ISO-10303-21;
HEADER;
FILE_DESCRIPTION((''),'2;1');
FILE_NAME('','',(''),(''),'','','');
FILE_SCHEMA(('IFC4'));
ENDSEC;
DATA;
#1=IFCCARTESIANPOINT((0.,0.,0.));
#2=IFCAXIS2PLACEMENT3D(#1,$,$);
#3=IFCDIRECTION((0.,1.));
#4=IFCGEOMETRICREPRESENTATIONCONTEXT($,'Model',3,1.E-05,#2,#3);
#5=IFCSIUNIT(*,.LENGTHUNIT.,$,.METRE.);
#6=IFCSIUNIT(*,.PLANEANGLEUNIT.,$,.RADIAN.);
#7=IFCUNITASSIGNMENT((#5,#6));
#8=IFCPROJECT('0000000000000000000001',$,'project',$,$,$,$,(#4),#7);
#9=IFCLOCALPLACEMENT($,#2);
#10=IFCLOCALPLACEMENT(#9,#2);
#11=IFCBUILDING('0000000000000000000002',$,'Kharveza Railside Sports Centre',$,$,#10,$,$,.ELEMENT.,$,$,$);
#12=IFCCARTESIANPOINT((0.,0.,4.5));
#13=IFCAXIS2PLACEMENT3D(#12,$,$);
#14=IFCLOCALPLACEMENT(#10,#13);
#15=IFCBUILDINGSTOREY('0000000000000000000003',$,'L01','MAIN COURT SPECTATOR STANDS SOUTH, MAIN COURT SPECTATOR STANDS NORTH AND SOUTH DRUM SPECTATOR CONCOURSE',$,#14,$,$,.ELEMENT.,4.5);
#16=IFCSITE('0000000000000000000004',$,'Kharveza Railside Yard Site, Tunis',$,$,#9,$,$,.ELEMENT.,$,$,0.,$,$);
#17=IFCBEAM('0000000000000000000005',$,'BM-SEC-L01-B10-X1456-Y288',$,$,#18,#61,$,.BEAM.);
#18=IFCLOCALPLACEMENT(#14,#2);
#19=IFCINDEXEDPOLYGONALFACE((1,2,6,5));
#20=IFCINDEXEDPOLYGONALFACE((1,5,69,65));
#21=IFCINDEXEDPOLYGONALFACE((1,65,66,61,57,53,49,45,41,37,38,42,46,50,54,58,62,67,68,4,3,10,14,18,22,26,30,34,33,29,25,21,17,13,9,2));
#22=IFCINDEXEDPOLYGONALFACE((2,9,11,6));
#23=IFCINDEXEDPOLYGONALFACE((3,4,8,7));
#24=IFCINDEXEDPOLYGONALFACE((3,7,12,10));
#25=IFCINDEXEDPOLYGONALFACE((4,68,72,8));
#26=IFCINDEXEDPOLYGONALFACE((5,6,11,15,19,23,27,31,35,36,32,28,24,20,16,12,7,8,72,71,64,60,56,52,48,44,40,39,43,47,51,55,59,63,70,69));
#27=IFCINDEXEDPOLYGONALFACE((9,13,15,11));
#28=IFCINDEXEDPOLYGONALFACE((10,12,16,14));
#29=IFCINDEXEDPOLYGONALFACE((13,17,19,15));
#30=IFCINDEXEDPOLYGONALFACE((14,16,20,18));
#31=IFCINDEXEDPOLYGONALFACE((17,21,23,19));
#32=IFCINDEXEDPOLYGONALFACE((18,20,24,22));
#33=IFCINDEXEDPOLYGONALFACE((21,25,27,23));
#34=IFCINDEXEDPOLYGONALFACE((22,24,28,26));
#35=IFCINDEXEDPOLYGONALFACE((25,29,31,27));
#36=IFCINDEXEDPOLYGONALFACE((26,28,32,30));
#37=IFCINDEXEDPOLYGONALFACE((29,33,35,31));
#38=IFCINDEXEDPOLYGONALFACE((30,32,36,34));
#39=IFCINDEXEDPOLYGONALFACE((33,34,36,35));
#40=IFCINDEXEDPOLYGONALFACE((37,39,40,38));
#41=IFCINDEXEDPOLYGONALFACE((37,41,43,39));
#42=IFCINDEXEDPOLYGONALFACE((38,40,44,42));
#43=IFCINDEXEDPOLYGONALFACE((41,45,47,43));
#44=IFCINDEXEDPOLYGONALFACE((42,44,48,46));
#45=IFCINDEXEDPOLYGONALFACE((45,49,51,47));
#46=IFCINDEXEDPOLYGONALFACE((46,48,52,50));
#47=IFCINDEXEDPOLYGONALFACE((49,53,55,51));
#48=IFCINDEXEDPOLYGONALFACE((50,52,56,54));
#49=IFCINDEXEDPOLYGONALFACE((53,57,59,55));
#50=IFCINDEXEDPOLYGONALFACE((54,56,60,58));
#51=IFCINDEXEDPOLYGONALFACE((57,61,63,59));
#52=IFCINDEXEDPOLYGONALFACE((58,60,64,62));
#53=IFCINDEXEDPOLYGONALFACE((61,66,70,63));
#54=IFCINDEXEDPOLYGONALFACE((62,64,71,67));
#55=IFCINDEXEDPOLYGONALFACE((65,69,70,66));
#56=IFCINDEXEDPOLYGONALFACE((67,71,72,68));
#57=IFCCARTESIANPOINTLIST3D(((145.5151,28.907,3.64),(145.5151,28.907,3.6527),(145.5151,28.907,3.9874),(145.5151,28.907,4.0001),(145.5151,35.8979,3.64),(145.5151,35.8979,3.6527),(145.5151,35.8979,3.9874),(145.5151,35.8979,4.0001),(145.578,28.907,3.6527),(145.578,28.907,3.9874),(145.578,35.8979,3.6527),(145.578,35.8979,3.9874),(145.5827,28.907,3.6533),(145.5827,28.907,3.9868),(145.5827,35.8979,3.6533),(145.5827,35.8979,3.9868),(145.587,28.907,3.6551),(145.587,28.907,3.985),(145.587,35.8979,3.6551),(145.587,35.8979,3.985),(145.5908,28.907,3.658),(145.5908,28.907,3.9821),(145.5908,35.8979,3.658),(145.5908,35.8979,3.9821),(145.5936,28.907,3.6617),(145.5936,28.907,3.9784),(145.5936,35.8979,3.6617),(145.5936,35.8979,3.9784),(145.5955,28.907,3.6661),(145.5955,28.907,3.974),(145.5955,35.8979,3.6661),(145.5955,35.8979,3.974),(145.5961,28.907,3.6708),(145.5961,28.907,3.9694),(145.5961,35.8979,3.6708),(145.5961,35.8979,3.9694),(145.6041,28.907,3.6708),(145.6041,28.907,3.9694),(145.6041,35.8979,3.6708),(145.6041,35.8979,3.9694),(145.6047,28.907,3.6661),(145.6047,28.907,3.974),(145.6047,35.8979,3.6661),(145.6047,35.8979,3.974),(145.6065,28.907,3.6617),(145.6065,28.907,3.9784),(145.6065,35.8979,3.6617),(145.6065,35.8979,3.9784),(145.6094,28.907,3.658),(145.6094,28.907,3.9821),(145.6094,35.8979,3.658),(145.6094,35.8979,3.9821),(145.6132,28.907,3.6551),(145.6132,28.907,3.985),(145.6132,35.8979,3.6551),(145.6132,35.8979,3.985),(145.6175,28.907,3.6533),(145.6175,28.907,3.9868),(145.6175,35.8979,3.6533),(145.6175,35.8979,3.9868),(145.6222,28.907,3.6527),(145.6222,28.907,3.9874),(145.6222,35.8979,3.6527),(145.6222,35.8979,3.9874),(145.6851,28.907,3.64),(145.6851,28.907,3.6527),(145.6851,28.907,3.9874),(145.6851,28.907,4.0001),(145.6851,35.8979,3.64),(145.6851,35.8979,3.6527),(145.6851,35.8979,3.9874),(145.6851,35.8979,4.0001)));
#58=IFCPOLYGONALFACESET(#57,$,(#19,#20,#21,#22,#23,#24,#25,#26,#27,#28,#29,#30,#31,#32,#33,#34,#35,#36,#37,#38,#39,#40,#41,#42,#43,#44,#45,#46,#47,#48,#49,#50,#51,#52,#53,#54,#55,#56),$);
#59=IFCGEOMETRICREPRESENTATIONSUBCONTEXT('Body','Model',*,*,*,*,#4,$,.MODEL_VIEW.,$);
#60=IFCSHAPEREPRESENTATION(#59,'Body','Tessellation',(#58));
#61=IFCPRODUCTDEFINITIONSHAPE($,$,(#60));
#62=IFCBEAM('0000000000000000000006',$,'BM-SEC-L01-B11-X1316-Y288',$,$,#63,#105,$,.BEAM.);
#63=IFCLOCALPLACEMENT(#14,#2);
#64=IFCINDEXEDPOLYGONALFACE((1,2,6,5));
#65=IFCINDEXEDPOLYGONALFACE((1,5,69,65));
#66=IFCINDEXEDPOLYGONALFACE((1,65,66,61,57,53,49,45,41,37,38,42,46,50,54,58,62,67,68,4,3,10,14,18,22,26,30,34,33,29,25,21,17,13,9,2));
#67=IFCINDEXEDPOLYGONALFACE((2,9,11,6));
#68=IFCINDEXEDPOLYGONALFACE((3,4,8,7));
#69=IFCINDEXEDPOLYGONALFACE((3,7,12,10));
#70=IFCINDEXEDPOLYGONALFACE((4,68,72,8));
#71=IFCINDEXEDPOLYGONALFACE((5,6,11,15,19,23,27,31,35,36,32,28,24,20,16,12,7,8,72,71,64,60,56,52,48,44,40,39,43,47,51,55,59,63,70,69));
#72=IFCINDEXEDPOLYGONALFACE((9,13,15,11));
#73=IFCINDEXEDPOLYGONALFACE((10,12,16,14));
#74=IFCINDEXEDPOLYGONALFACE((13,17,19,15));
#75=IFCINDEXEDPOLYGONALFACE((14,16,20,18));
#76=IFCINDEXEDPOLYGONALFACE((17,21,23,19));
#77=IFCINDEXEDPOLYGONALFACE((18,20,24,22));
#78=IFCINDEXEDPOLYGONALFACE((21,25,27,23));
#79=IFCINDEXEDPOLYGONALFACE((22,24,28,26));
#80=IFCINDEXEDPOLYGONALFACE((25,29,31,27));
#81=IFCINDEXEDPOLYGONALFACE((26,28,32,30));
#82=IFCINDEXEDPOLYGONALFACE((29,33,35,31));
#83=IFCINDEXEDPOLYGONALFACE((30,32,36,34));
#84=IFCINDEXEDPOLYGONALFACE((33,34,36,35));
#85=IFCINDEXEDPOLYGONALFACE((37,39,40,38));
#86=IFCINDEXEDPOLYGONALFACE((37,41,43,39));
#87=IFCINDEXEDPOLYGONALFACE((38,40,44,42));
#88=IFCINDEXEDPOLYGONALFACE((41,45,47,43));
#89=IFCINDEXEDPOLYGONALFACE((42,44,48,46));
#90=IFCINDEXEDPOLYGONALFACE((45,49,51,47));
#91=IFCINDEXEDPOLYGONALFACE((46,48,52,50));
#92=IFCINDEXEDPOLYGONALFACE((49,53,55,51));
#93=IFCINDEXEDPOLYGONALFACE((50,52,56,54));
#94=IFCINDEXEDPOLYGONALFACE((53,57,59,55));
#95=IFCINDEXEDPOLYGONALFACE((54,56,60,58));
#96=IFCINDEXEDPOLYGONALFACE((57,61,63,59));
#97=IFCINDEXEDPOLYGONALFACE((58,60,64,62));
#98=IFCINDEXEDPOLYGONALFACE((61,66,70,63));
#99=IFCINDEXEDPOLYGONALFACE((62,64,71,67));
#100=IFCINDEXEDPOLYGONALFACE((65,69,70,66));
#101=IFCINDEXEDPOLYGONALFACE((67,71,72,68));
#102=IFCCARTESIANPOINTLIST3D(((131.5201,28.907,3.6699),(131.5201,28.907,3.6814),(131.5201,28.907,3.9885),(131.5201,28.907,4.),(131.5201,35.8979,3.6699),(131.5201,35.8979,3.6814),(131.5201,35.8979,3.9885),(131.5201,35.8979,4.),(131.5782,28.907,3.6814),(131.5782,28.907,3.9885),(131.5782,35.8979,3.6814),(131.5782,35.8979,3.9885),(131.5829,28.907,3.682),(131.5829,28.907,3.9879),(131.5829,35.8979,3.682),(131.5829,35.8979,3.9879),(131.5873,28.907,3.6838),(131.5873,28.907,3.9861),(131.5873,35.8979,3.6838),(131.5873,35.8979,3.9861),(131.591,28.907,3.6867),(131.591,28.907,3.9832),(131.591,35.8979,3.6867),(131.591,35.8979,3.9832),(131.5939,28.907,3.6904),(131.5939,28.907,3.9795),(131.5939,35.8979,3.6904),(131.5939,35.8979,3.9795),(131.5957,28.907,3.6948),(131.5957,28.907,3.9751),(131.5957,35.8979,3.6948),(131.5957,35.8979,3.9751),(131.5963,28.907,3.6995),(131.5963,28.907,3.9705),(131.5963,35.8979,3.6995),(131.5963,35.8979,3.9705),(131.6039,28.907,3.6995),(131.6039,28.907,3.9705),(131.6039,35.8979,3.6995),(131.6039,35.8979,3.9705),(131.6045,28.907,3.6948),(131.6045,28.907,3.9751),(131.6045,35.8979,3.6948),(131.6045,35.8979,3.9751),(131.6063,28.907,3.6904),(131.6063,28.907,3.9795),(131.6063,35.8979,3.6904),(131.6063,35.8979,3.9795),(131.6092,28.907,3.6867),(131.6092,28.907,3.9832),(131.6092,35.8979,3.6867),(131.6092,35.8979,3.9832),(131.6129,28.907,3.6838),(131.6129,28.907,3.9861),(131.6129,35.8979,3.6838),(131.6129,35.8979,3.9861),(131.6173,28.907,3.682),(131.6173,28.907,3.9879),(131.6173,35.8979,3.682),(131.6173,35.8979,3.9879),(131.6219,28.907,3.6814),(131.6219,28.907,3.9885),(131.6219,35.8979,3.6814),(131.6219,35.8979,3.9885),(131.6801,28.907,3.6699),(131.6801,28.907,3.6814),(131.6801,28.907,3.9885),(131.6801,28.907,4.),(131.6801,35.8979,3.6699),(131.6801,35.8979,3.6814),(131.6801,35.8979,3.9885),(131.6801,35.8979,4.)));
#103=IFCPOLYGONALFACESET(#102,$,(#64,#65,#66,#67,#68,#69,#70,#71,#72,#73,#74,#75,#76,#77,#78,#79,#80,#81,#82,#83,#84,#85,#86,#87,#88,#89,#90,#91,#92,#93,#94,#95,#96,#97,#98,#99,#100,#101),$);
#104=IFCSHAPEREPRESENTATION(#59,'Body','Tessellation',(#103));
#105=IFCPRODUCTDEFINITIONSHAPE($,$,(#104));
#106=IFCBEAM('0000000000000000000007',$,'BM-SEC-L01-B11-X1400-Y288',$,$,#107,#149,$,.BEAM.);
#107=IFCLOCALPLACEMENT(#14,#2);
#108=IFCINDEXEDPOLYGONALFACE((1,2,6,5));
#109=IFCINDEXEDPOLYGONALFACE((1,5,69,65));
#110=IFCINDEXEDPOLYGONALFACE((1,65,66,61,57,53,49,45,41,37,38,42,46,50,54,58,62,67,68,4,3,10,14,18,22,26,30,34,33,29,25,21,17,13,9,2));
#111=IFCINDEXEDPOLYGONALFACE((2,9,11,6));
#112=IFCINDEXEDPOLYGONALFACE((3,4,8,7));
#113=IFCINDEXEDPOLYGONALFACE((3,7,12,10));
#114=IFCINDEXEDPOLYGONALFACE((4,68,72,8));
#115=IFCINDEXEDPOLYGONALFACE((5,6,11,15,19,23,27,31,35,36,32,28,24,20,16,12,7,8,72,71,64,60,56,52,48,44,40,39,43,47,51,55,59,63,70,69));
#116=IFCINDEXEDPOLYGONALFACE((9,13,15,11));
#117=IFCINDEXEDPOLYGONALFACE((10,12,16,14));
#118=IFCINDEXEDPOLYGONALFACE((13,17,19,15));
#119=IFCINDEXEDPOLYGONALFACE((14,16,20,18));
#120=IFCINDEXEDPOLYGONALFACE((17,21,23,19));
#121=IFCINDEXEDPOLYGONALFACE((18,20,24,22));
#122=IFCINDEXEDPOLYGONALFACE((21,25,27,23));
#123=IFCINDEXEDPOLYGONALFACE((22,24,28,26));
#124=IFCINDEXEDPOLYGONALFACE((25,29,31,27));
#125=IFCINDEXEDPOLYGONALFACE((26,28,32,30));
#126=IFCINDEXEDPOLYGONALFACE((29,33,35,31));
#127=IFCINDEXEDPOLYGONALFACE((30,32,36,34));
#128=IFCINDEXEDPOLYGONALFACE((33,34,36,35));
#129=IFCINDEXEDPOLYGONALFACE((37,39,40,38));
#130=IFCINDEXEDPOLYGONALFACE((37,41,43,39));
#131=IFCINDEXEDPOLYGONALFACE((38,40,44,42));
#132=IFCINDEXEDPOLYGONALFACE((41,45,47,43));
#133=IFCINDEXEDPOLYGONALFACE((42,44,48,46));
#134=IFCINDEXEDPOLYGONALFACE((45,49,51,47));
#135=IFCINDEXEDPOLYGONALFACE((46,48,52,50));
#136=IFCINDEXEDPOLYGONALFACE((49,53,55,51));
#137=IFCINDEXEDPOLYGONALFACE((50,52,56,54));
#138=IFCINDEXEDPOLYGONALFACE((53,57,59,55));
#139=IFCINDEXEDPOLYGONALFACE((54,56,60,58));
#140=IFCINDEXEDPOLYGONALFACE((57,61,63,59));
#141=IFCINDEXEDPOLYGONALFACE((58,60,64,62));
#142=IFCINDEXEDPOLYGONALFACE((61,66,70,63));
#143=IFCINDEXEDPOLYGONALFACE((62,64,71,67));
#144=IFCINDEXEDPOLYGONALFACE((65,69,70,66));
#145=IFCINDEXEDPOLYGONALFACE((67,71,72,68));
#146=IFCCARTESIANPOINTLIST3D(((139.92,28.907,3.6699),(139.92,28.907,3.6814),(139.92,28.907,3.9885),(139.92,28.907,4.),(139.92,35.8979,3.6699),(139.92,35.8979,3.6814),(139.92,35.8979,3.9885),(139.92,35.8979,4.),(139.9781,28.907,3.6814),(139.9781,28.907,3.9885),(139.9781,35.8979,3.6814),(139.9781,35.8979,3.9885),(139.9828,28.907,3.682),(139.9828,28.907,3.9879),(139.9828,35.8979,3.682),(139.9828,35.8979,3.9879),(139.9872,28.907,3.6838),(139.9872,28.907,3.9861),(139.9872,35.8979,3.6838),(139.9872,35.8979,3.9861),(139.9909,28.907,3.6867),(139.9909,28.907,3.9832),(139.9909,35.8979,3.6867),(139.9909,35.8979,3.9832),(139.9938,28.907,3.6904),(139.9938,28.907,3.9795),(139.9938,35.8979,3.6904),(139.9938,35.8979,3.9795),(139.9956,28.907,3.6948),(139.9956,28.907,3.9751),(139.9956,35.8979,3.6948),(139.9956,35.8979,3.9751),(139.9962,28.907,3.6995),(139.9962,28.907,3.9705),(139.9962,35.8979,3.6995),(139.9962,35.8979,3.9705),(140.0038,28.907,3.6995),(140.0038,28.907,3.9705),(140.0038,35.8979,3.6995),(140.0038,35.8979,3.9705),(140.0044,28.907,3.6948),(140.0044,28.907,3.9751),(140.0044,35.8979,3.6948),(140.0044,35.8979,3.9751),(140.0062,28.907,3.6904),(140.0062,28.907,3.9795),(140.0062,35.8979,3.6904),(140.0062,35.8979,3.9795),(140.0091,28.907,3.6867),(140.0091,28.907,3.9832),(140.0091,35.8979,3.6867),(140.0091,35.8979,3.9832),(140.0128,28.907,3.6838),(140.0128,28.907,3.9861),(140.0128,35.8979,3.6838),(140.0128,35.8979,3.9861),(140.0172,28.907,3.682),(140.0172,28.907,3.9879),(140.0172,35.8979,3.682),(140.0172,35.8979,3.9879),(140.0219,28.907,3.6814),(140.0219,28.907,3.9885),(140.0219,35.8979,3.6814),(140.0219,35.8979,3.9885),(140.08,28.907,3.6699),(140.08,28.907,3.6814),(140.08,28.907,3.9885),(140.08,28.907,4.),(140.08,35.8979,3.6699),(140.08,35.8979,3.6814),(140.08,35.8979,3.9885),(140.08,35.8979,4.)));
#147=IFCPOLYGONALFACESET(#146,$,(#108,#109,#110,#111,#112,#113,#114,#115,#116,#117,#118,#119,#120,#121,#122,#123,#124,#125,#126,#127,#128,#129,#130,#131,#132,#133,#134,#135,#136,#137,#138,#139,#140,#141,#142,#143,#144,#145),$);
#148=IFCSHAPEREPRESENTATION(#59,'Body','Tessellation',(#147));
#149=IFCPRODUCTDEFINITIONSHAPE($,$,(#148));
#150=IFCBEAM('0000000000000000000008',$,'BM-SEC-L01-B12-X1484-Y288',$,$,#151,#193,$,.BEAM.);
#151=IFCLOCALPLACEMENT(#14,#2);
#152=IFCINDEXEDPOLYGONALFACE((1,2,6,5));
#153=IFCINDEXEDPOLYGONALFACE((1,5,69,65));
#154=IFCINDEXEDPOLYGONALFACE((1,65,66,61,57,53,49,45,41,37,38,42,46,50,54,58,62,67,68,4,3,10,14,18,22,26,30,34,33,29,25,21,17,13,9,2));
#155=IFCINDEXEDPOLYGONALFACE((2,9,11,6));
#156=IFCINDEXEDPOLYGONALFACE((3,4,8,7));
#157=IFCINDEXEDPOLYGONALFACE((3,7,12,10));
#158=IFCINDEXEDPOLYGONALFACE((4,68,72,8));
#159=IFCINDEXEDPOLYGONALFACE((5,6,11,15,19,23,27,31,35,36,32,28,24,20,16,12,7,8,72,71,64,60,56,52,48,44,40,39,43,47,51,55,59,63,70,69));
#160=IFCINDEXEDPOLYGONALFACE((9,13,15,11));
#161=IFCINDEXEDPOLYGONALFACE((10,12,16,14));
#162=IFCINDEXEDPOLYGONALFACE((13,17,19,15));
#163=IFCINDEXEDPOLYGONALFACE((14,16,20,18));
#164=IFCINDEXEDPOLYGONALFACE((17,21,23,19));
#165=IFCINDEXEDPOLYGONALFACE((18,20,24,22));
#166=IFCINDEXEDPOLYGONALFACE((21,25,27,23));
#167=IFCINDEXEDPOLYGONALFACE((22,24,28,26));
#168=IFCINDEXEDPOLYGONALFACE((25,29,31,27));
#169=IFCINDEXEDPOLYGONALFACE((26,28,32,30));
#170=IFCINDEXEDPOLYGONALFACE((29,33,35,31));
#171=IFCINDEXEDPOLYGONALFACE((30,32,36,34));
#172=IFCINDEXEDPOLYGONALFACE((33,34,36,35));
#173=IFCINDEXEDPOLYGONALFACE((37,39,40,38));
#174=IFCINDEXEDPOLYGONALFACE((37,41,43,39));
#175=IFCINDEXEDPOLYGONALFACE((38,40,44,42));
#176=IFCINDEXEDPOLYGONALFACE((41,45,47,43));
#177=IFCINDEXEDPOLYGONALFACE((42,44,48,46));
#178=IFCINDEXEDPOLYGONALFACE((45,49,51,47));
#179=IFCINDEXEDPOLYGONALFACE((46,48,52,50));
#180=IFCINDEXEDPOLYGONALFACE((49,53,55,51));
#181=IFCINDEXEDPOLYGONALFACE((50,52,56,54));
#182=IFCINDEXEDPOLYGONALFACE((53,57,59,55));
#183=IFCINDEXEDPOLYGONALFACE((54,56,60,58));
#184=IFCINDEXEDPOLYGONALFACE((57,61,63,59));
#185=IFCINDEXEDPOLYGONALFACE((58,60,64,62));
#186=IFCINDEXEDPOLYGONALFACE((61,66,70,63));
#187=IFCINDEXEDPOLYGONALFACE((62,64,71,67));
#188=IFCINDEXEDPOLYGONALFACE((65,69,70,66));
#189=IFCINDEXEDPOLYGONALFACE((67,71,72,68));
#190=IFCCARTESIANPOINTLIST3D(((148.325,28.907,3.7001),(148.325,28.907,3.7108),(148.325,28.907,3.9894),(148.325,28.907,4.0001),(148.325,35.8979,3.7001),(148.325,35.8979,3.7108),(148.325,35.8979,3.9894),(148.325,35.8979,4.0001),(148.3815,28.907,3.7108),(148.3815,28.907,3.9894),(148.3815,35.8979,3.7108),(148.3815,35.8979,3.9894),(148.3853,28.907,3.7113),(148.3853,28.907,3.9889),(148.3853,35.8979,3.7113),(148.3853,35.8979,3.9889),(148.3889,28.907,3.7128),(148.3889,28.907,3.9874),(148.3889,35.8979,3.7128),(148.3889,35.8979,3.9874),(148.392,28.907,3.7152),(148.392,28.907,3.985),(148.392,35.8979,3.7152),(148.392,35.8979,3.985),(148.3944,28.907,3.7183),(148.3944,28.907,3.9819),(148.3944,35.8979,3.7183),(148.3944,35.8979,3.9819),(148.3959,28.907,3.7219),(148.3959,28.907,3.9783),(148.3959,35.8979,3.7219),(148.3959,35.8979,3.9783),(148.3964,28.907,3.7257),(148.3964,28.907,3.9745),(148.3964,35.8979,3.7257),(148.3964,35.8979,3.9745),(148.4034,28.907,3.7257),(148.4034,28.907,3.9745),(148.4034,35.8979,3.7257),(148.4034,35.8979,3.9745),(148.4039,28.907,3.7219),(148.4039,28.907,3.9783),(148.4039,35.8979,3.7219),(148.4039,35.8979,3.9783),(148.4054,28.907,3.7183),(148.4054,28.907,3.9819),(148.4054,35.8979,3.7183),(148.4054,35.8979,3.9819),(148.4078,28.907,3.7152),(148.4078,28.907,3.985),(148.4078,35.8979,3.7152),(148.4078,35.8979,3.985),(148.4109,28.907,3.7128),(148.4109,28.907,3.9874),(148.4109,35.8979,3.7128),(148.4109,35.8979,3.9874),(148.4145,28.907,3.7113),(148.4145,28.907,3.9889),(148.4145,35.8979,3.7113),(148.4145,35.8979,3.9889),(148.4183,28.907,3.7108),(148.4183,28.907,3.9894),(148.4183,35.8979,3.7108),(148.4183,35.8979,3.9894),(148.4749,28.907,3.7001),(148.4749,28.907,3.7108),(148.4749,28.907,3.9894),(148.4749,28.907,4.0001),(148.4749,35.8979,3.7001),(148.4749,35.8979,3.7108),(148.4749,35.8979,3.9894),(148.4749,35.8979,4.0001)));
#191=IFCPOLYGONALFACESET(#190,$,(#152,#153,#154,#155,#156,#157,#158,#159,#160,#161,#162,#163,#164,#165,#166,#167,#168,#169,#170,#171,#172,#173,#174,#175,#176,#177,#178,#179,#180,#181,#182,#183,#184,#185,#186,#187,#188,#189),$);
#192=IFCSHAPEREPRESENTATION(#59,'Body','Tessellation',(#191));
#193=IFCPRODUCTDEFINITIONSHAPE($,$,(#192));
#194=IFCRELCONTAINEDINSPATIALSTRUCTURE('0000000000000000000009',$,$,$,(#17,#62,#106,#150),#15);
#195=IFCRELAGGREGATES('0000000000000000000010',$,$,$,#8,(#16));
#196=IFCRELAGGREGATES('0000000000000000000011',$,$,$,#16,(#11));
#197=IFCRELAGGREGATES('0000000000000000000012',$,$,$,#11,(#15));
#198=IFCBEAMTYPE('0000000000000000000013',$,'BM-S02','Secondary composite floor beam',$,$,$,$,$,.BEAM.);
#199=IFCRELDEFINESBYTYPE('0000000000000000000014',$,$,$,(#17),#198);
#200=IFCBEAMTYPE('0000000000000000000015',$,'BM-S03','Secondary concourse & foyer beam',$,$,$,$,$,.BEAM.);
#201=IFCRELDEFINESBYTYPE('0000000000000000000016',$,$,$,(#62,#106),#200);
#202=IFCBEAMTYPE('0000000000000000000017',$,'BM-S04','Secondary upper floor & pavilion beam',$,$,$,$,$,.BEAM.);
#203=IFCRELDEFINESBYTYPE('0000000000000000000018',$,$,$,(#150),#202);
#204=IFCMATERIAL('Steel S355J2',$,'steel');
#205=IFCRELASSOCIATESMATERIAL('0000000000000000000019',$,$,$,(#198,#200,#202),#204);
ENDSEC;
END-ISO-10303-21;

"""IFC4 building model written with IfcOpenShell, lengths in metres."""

from ifc_helpers import new_model, si_unit, direction, frame, origin, origin_2d, place, context, subcontext, project, spatial, i_section, extrude, material, material_profile, profile_set, type_object, element, save


model = new_model("IFC4")

# Units and contexts
model_context = context("Model", 3, precision=1e-05, world=origin(), true_north=direction((0.0, 1.0)))
body_context = subcontext(model_context, "Body", "Model", "MODEL_VIEW")
ifc_project = project(units=[si_unit("LENGTHUNIT", "METRE"), si_unit("PLANEANGLEUNIT", "RADIAN")], contexts=[model_context])

# Site, building, storey
site_placement = place(None, origin())
site = spatial("IfcSite", under=ifc_project, at=site_placement, Name="Kharveza Railside Yard Site, Tunis", CompositionType="ELEMENT", RefElevation=0.0)
building_placement = place(site_placement, origin())
building = spatial("IfcBuilding", under=site, at=building_placement, Name="Kharveza Railside Sports Centre", CompositionType="ELEMENT")
storey_placement = place(building_placement, frame((0.0, 0.0, 4.5)))
storey = spatial("IfcBuildingStorey", under=building, at=storey_placement, Name="L01", Description="MAIN COURT SPECTATOR STANDS SOUTH, MAIN COURT SPECTATOR STANDS NORTH AND SOUTH DRUM SPECTATOR CONCOURSE", CompositionType="ELEMENT", Elevation=4.5)

# Shared definitions
ifc_material_1 = material(Name="Steel S355J2", Category="steel")

# Beams
ifc_material_profile_1 = material_profile(ifc_material_1, i_section(OverallWidth=0.1699, OverallDepth=0.3601, WebThickness=0.0081, FlangeThickness=0.0127, FilletRadius=0.0181, at=origin_2d()), Name="IPE 360")
ifc_profile_set_1 = profile_set([ifc_material_profile_1], Name="Steel S355J2")
beam_type_1 = type_object("IfcBeamType", Name="BM-S02", Description="Secondary composite floor beam", PredefinedType="BEAM", material=ifc_profile_set_1)
beam_1_placement = place(storey_placement, frame((145.6001, 28.907, 3.8201), z_axis=(0.0, 1.0, 0.0), x_axis=(-1.0, 0.0, 0.0)))
element("IfcBeam", 1, at=beam_1_placement, inside=storey, type_object=beam_type_1, Name="BM-SEC-L01-B10-X1456-Y288", PredefinedType="BEAM", context=body_context, shape_type="SweptSolid", body=[
    extrude(i_section(OverallWidth=0.1699, OverallDepth=0.3601, WebThickness=0.0081, FlangeThickness=0.0127, FilletRadius=0.0181, at=origin_2d()), origin(), (0.0, 0.0, 1.0), 6.991),
])
ifc_material_profile_2 = material_profile(ifc_material_1, i_section(OverallWidth=0.1599, OverallDepth=0.3301, WebThickness=0.0076, FlangeThickness=0.0115, FilletRadius=0.0181, at=origin_2d()), Name="IPE 330")
ifc_profile_set_2 = profile_set([ifc_material_profile_2], Name="Steel S355J2")
beam_type_2 = type_object("IfcBeamType", Name="BM-S03", Description="Secondary concourse & foyer beam", PredefinedType="BEAM", material=ifc_profile_set_2)
for number, where, z_axis, x_axis, name in (
    (2, (131.6001, 28.907, 3.835), (0.0, 1.0, 0.0), (-1.0, 0.0, 0.0), "BM-SEC-L01-B11-X1316-Y288"),
    (3, (140.0, 28.907, 3.835), (0.0, 1.0, 0.0), (-1.0, 0.0, 0.0), "BM-SEC-L01-B11-X1400-Y288"),
):
    element("IfcBeam", number, at=place(storey_placement, frame(where, z_axis=z_axis, x_axis=x_axis)), inside=storey, type_object=beam_type_2, Name=name, PredefinedType="BEAM", context=body_context, shape_type="SweptSolid", body=[
        extrude(i_section(OverallWidth=0.1599, OverallDepth=0.3301, WebThickness=0.0076, FlangeThickness=0.0115, FilletRadius=0.0181, at=origin_2d()), origin(), (0.0, 0.0, 1.0), 6.991),
    ])
ifc_material_profile_3 = material_profile(ifc_material_1, i_section(OverallWidth=0.1499, OverallDepth=0.3, WebThickness=0.0071, FlangeThickness=0.0107, FilletRadius=0.0149, at=origin_2d()), Name="IPE 300")
ifc_profile_set_3 = profile_set([ifc_material_profile_3], Name="Steel S355J2")
beam_type_3 = type_object("IfcBeamType", Name="BM-S04", Description="Secondary upper floor & pavilion beam", PredefinedType="BEAM", material=ifc_profile_set_3)
beam_2_placement = place(storey_placement, frame((148.3999, 28.907, 3.8501), z_axis=(0.0, 1.0, 0.0), x_axis=(-1.0, 0.0, 0.0)))
element("IfcBeam", 4, at=beam_2_placement, inside=storey, type_object=beam_type_3, Name="BM-SEC-L01-B12-X1484-Y288", PredefinedType="BEAM", context=body_context, shape_type="SweptSolid", body=[
    extrude(i_section(OverallWidth=0.1499, OverallDepth=0.3, WebThickness=0.0071, FlangeThickness=0.0107, FilletRadius=0.0149, at=origin_2d()), origin(), (0.0, 0.0, 1.0), 6.991),
])

save(model, "model.ifc")
